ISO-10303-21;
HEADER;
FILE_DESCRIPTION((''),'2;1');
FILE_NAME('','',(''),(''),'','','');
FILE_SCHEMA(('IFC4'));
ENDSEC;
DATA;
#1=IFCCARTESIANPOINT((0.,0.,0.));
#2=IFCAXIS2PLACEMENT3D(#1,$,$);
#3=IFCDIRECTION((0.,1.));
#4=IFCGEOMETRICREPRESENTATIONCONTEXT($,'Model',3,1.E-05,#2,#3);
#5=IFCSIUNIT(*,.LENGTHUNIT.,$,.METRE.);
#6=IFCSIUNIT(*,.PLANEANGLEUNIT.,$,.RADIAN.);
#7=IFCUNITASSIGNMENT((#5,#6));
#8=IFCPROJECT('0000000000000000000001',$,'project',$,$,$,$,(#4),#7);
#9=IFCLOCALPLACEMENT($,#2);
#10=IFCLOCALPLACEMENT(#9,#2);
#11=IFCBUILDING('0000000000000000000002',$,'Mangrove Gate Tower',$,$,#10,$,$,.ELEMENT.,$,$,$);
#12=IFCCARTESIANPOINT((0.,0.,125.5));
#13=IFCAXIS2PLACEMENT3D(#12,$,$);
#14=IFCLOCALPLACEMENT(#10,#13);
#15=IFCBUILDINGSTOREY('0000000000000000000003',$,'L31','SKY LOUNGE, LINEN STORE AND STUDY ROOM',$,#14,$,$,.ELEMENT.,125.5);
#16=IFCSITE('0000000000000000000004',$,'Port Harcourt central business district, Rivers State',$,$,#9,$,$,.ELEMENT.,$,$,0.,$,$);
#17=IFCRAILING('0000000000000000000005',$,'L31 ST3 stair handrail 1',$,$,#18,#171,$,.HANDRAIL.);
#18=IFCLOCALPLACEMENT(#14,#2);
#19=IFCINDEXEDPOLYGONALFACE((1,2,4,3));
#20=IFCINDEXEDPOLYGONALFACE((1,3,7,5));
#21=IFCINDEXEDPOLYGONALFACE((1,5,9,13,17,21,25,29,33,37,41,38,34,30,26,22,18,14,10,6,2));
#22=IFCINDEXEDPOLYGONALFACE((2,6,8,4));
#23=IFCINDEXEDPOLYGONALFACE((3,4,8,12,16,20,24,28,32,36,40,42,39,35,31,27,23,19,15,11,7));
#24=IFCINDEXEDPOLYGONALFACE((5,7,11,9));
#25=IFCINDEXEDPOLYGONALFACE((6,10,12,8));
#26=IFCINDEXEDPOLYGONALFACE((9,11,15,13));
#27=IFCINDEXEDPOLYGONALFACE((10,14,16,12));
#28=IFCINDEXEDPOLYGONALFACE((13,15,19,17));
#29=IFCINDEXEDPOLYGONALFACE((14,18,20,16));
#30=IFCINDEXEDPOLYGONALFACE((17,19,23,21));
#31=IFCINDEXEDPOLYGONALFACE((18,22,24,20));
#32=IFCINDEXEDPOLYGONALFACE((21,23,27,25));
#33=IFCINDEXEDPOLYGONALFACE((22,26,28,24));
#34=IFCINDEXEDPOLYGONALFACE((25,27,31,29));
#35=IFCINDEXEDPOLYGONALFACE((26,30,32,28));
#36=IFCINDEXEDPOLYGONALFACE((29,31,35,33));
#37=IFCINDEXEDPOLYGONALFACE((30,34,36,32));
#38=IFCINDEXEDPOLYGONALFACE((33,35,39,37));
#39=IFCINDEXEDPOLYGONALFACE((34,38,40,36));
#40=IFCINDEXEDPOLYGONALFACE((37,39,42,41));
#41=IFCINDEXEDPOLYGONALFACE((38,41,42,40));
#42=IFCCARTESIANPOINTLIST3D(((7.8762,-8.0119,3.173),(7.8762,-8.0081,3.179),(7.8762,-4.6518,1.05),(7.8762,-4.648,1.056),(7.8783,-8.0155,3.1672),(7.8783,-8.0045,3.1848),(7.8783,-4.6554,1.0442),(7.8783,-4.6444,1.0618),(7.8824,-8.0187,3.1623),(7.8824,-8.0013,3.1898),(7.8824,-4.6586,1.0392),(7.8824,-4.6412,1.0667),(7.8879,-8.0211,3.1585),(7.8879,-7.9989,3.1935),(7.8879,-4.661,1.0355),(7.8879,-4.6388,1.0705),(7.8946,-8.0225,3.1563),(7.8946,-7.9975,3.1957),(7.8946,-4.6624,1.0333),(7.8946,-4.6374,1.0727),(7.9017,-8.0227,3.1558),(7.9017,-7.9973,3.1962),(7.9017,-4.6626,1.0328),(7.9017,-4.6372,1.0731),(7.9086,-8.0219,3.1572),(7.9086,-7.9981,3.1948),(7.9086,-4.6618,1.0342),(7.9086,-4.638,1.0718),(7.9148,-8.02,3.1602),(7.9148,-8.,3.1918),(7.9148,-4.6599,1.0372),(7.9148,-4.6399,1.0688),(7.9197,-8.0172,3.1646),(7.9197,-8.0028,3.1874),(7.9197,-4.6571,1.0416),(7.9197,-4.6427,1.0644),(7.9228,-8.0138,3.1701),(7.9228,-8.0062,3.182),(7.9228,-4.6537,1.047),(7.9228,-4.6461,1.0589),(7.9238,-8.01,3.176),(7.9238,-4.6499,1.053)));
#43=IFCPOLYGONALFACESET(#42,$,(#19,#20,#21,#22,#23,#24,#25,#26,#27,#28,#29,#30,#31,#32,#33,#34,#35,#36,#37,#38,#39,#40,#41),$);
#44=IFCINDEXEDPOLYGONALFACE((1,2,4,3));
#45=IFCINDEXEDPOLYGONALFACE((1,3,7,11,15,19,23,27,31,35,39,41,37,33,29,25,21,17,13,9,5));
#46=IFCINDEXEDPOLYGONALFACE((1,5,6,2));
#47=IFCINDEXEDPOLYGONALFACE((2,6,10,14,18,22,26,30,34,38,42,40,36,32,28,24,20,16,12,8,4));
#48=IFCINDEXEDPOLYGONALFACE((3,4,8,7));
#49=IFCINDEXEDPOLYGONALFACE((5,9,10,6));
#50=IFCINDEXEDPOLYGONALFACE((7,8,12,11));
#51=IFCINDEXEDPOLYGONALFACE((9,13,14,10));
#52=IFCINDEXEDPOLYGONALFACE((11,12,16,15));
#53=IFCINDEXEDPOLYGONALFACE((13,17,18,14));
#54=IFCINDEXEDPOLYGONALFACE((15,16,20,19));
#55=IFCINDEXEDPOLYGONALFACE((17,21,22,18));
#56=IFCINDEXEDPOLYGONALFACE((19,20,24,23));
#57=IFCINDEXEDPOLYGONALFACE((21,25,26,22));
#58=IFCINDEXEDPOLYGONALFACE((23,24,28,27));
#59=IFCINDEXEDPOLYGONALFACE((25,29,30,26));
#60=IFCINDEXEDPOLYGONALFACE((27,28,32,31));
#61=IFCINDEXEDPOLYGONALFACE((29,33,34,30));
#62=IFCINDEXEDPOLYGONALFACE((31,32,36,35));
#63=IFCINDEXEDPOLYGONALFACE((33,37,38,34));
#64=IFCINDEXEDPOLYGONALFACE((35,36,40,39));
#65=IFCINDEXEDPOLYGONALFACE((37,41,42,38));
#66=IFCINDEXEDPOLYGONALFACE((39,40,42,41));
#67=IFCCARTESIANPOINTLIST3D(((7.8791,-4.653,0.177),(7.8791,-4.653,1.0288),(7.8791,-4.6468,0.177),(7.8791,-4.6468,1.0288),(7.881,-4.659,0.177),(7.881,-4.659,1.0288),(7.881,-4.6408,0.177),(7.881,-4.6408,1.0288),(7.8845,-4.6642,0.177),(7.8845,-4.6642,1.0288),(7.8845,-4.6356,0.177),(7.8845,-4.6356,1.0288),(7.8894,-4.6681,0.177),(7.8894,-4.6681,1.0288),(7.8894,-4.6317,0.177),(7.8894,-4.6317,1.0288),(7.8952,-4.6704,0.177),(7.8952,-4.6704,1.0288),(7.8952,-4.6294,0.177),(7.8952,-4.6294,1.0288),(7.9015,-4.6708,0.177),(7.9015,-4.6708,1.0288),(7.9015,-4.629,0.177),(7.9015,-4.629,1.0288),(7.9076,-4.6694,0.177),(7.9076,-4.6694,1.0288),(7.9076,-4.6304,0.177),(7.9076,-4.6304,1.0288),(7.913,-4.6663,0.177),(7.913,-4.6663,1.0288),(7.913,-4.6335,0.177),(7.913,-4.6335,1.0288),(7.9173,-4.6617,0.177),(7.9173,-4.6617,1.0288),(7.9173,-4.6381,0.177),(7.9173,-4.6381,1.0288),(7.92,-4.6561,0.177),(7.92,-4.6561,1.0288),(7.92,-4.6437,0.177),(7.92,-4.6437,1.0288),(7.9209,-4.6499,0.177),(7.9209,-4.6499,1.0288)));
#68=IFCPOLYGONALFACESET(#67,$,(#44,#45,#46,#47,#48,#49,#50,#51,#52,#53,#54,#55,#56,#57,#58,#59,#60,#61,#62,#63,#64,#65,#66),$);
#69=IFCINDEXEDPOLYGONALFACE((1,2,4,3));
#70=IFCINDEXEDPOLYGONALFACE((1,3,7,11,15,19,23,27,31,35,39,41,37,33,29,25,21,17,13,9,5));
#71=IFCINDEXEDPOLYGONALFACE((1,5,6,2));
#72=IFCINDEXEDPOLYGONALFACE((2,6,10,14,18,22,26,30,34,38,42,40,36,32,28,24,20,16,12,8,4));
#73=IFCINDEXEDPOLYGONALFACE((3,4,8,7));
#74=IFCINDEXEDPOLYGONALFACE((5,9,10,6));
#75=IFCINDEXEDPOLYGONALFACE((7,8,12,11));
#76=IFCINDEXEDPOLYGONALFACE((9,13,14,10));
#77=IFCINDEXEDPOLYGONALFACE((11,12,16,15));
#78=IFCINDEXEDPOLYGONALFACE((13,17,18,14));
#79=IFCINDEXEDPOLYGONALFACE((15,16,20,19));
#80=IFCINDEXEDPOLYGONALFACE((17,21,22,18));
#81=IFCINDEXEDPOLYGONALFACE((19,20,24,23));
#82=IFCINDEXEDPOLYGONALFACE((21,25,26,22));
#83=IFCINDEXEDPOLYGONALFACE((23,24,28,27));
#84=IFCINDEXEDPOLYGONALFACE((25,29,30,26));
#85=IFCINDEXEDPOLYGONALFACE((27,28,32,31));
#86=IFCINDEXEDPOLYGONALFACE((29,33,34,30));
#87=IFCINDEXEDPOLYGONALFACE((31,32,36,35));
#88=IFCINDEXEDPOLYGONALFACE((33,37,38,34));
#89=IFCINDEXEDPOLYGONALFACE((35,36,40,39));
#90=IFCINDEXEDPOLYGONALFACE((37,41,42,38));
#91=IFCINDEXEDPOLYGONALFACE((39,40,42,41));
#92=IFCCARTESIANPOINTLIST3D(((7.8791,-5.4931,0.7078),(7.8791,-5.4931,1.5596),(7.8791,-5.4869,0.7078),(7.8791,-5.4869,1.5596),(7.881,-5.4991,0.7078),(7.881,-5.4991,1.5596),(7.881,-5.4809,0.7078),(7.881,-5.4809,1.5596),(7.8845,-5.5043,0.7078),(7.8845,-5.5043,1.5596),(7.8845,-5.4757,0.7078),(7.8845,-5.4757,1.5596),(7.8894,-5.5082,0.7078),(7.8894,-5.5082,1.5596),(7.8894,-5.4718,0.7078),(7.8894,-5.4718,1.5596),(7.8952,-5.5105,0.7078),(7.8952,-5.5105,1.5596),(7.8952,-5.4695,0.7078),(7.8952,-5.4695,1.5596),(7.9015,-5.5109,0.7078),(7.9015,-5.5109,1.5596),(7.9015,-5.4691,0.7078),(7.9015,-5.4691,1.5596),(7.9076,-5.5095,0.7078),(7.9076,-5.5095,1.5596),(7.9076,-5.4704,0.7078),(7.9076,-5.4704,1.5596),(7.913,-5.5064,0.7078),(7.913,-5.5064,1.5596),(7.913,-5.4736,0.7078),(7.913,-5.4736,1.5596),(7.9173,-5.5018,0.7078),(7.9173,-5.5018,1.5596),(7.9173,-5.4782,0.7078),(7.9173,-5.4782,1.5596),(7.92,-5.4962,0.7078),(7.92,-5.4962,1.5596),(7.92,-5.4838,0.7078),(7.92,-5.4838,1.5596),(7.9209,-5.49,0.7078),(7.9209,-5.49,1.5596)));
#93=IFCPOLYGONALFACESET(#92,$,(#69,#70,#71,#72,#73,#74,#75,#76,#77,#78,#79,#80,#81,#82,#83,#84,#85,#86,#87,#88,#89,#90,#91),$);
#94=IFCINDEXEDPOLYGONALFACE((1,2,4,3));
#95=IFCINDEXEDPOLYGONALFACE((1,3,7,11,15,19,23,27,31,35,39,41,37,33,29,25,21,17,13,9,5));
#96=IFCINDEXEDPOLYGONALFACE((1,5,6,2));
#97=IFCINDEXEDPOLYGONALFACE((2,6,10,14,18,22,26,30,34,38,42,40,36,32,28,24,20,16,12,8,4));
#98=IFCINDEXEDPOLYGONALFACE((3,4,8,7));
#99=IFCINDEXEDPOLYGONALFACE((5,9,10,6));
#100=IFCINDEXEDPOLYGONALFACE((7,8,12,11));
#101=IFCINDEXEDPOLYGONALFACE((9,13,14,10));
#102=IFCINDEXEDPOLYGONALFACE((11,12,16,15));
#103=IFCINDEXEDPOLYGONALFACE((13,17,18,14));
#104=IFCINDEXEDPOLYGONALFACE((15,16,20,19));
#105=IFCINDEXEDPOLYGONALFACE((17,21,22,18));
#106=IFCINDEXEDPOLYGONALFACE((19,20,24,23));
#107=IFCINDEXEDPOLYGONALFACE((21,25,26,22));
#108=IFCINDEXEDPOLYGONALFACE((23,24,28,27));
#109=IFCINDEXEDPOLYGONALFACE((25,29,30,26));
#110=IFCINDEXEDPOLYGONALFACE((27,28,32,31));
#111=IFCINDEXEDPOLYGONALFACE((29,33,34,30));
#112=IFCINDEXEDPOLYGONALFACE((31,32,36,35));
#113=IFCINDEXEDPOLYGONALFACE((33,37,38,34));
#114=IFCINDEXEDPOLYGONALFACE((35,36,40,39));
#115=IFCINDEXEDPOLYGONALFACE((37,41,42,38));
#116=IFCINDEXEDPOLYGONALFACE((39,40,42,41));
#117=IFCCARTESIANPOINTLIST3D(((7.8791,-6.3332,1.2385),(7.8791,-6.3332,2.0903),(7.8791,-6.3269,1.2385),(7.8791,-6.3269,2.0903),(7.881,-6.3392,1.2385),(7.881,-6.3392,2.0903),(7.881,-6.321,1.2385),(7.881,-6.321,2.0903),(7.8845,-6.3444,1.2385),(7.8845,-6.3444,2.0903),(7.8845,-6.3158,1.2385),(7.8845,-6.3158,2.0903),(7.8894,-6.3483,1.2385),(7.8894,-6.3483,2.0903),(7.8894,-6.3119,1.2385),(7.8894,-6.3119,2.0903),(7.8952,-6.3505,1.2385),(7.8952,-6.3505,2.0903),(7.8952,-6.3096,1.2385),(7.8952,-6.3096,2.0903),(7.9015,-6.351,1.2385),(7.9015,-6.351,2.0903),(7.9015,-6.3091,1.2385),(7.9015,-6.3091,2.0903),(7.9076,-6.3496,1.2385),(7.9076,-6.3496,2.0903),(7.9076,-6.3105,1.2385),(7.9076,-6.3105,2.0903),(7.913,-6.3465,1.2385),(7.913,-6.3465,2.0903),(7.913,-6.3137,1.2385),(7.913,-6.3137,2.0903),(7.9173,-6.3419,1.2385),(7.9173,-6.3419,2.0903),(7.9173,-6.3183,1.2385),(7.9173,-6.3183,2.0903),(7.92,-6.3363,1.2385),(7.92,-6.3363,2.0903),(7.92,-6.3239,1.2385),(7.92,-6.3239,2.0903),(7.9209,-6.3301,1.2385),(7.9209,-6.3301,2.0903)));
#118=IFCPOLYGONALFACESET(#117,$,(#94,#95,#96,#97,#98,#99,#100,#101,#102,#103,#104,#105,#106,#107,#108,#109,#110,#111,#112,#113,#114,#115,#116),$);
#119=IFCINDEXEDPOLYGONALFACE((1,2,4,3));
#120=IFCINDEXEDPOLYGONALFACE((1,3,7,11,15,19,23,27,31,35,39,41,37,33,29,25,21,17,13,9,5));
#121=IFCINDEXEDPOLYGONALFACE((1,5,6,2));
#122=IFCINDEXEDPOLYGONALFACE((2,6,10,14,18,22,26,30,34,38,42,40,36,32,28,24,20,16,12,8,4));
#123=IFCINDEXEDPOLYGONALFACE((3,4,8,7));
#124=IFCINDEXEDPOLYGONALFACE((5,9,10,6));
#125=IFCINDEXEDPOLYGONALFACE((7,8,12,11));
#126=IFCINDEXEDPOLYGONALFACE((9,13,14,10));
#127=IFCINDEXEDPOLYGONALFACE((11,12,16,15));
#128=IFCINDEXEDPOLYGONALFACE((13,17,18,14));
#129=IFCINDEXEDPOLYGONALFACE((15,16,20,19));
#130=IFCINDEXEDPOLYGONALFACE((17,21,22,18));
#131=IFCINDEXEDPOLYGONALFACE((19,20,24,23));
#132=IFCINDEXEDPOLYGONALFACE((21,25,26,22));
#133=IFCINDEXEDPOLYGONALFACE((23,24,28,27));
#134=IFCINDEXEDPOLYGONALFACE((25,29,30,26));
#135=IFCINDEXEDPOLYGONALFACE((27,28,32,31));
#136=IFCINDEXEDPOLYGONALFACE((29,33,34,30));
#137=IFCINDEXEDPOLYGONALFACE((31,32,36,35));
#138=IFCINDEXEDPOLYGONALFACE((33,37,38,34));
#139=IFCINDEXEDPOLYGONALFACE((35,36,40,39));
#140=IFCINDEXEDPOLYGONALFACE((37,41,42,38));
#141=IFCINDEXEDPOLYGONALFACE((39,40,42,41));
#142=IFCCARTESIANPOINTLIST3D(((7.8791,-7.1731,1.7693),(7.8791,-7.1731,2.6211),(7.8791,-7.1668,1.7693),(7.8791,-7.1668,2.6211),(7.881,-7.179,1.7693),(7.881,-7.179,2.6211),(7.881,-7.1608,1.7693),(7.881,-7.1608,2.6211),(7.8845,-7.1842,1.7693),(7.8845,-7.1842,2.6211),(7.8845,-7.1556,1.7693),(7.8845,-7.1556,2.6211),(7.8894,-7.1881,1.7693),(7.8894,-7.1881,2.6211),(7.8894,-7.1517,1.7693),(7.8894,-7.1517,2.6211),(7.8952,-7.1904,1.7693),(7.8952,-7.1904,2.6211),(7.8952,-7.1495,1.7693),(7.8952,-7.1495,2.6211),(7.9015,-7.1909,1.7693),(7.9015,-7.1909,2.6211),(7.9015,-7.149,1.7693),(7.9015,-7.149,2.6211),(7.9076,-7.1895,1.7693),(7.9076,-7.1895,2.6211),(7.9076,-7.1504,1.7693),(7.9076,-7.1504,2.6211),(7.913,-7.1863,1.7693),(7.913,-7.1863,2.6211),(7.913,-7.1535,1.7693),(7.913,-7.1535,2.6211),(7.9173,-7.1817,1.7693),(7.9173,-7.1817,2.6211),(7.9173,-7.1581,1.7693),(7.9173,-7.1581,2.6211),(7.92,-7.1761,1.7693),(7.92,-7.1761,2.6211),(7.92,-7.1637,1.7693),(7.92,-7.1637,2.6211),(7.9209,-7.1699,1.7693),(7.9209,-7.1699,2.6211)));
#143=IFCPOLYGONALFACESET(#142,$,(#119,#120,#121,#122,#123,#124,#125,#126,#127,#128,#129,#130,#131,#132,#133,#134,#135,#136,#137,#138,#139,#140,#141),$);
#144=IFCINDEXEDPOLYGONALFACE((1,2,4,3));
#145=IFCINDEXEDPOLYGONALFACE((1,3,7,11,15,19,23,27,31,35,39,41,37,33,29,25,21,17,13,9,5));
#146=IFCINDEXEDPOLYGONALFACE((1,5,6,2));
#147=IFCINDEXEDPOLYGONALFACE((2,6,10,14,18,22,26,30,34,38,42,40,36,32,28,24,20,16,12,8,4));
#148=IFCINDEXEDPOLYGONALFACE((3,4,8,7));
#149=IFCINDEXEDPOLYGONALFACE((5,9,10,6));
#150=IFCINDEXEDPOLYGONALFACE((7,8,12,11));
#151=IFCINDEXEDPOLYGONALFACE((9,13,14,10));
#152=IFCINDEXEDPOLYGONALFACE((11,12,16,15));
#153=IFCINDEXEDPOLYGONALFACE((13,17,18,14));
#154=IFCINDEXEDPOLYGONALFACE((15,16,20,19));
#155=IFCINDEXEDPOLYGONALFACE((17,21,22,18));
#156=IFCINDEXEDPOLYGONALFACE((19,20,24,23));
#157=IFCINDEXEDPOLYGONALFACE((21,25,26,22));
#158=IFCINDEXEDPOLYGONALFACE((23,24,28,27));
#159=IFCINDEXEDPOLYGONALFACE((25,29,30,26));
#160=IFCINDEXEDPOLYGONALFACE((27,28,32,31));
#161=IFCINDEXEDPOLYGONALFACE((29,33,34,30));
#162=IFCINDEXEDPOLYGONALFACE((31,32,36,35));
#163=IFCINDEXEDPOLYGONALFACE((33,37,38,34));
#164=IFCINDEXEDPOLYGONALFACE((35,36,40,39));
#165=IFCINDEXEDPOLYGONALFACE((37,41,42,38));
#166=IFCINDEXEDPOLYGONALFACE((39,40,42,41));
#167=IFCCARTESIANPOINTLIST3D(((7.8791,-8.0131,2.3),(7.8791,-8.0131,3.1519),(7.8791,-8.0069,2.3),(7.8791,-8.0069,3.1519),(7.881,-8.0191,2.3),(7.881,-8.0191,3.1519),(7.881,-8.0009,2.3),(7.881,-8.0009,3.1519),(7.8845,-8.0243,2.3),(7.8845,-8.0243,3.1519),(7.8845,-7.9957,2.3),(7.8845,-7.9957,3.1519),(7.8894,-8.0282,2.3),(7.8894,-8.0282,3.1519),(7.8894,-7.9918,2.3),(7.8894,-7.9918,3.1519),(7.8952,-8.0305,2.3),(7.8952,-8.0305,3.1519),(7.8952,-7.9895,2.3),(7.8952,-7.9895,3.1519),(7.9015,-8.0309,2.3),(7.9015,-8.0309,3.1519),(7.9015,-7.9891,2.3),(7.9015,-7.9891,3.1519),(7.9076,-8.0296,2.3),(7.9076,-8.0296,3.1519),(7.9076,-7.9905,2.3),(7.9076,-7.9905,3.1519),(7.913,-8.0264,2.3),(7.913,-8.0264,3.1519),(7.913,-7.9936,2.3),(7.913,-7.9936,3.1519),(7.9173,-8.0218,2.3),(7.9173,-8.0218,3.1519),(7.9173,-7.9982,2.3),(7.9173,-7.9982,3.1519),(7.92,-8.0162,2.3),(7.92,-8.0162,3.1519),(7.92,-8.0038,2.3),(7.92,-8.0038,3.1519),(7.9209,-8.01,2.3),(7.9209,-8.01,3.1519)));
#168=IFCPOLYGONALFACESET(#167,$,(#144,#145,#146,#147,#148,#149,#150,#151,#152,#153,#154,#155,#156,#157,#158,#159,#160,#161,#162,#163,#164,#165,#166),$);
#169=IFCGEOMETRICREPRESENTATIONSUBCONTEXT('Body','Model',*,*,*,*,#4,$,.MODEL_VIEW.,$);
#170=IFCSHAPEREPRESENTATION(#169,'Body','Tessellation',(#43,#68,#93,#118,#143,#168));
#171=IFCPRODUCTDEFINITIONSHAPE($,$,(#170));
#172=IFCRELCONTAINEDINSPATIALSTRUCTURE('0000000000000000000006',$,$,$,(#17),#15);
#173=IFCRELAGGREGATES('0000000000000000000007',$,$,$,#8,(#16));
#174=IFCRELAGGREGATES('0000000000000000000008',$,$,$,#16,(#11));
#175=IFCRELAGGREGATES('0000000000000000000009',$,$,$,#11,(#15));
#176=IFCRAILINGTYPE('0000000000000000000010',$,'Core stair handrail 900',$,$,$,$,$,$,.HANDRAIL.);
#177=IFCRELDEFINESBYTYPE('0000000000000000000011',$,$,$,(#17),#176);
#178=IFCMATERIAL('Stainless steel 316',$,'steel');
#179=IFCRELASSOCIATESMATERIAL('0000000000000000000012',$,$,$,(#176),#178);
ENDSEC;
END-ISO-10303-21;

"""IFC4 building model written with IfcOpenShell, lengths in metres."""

from ifc_helpers import new_model, si_unit, direction, frame, origin, origin_2d, place, context, subcontext, project, spatial, circle, extrude, material, type_object, element, save


model = new_model("IFC4")

# Units and contexts
model_context = context("Model", 3, precision=1e-05, world=origin(), true_north=direction((0.0, 1.0)))
body_context = subcontext(model_context, "Body", "Model", "MODEL_VIEW")
ifc_project = project(units=[si_unit("LENGTHUNIT", "METRE"), si_unit("PLANEANGLEUNIT", "RADIAN")], contexts=[model_context])

# Site, building, storey
site_placement = place(None, origin())
site = spatial("IfcSite", under=ifc_project, at=site_placement, Name="Port Harcourt central business district, Rivers State", CompositionType="ELEMENT", RefElevation=0.0)
building_placement = place(site_placement, origin())
building = spatial("IfcBuilding", under=site, at=building_placement, Name="Mangrove Gate Tower", CompositionType="ELEMENT")
storey_placement = place(building_placement, frame((0.0, 0.0, 125.5)))
storey = spatial("IfcBuildingStorey", under=building, at=storey_placement, Name="L31", Description="SKY LOUNGE, LINEN STORE AND STUDY ROOM", CompositionType="ELEMENT", Elevation=125.5)

# Railing
ifc_material_1 = material(Name="Stainless steel 316", Category="steel")
railing_type_1 = type_object("IfcRailingType", Name="Core stair handrail 900", PredefinedType="HANDRAIL", material=ifc_material_1)
railing_1_placement = place(storey_placement, frame((7.8999, -4.6499, 0.177)))
element("IfcRailing", 1, at=railing_1_placement, inside=storey, type_object=railing_type_1, Name="L31 ST3 stair handrail 1", PredefinedType="HANDRAIL", context=body_context, shape_type="SweptSolid", body=[
    extrude(circle(Radius=0.0239, at=origin_2d()), frame((0.0, 0.0, 0.876), z_axis=(0.0, -0.84539, 0.53415), x_axis=(1.0, 0.0, 0.0)), (0.0, 0.0, 1.0), 3.9746),
    extrude(circle(Radius=0.021, at=origin_2d()), origin(), (0.0, 0.0, 1.0), 0.8518),
    extrude(circle(Radius=0.021, at=origin_2d()), frame((0.0, -0.8401, 0.5308)), (0.0, 0.0, 1.0), 0.8518),
    extrude(circle(Radius=0.021, at=origin_2d()), frame((0.0, -1.6802, 1.0615)), (0.0, 0.0, 1.0), 0.8518),
    extrude(circle(Radius=0.021, at=origin_2d()), frame((0.0, -2.52, 1.5923)), (0.0, 0.0, 1.0), 0.8518),
    extrude(circle(Radius=0.021, at=origin_2d()), frame((0.0, -3.3601, 2.123)), (0.0, 0.0, 1.0), 0.8518),
])

save(model, "model.ifc")
